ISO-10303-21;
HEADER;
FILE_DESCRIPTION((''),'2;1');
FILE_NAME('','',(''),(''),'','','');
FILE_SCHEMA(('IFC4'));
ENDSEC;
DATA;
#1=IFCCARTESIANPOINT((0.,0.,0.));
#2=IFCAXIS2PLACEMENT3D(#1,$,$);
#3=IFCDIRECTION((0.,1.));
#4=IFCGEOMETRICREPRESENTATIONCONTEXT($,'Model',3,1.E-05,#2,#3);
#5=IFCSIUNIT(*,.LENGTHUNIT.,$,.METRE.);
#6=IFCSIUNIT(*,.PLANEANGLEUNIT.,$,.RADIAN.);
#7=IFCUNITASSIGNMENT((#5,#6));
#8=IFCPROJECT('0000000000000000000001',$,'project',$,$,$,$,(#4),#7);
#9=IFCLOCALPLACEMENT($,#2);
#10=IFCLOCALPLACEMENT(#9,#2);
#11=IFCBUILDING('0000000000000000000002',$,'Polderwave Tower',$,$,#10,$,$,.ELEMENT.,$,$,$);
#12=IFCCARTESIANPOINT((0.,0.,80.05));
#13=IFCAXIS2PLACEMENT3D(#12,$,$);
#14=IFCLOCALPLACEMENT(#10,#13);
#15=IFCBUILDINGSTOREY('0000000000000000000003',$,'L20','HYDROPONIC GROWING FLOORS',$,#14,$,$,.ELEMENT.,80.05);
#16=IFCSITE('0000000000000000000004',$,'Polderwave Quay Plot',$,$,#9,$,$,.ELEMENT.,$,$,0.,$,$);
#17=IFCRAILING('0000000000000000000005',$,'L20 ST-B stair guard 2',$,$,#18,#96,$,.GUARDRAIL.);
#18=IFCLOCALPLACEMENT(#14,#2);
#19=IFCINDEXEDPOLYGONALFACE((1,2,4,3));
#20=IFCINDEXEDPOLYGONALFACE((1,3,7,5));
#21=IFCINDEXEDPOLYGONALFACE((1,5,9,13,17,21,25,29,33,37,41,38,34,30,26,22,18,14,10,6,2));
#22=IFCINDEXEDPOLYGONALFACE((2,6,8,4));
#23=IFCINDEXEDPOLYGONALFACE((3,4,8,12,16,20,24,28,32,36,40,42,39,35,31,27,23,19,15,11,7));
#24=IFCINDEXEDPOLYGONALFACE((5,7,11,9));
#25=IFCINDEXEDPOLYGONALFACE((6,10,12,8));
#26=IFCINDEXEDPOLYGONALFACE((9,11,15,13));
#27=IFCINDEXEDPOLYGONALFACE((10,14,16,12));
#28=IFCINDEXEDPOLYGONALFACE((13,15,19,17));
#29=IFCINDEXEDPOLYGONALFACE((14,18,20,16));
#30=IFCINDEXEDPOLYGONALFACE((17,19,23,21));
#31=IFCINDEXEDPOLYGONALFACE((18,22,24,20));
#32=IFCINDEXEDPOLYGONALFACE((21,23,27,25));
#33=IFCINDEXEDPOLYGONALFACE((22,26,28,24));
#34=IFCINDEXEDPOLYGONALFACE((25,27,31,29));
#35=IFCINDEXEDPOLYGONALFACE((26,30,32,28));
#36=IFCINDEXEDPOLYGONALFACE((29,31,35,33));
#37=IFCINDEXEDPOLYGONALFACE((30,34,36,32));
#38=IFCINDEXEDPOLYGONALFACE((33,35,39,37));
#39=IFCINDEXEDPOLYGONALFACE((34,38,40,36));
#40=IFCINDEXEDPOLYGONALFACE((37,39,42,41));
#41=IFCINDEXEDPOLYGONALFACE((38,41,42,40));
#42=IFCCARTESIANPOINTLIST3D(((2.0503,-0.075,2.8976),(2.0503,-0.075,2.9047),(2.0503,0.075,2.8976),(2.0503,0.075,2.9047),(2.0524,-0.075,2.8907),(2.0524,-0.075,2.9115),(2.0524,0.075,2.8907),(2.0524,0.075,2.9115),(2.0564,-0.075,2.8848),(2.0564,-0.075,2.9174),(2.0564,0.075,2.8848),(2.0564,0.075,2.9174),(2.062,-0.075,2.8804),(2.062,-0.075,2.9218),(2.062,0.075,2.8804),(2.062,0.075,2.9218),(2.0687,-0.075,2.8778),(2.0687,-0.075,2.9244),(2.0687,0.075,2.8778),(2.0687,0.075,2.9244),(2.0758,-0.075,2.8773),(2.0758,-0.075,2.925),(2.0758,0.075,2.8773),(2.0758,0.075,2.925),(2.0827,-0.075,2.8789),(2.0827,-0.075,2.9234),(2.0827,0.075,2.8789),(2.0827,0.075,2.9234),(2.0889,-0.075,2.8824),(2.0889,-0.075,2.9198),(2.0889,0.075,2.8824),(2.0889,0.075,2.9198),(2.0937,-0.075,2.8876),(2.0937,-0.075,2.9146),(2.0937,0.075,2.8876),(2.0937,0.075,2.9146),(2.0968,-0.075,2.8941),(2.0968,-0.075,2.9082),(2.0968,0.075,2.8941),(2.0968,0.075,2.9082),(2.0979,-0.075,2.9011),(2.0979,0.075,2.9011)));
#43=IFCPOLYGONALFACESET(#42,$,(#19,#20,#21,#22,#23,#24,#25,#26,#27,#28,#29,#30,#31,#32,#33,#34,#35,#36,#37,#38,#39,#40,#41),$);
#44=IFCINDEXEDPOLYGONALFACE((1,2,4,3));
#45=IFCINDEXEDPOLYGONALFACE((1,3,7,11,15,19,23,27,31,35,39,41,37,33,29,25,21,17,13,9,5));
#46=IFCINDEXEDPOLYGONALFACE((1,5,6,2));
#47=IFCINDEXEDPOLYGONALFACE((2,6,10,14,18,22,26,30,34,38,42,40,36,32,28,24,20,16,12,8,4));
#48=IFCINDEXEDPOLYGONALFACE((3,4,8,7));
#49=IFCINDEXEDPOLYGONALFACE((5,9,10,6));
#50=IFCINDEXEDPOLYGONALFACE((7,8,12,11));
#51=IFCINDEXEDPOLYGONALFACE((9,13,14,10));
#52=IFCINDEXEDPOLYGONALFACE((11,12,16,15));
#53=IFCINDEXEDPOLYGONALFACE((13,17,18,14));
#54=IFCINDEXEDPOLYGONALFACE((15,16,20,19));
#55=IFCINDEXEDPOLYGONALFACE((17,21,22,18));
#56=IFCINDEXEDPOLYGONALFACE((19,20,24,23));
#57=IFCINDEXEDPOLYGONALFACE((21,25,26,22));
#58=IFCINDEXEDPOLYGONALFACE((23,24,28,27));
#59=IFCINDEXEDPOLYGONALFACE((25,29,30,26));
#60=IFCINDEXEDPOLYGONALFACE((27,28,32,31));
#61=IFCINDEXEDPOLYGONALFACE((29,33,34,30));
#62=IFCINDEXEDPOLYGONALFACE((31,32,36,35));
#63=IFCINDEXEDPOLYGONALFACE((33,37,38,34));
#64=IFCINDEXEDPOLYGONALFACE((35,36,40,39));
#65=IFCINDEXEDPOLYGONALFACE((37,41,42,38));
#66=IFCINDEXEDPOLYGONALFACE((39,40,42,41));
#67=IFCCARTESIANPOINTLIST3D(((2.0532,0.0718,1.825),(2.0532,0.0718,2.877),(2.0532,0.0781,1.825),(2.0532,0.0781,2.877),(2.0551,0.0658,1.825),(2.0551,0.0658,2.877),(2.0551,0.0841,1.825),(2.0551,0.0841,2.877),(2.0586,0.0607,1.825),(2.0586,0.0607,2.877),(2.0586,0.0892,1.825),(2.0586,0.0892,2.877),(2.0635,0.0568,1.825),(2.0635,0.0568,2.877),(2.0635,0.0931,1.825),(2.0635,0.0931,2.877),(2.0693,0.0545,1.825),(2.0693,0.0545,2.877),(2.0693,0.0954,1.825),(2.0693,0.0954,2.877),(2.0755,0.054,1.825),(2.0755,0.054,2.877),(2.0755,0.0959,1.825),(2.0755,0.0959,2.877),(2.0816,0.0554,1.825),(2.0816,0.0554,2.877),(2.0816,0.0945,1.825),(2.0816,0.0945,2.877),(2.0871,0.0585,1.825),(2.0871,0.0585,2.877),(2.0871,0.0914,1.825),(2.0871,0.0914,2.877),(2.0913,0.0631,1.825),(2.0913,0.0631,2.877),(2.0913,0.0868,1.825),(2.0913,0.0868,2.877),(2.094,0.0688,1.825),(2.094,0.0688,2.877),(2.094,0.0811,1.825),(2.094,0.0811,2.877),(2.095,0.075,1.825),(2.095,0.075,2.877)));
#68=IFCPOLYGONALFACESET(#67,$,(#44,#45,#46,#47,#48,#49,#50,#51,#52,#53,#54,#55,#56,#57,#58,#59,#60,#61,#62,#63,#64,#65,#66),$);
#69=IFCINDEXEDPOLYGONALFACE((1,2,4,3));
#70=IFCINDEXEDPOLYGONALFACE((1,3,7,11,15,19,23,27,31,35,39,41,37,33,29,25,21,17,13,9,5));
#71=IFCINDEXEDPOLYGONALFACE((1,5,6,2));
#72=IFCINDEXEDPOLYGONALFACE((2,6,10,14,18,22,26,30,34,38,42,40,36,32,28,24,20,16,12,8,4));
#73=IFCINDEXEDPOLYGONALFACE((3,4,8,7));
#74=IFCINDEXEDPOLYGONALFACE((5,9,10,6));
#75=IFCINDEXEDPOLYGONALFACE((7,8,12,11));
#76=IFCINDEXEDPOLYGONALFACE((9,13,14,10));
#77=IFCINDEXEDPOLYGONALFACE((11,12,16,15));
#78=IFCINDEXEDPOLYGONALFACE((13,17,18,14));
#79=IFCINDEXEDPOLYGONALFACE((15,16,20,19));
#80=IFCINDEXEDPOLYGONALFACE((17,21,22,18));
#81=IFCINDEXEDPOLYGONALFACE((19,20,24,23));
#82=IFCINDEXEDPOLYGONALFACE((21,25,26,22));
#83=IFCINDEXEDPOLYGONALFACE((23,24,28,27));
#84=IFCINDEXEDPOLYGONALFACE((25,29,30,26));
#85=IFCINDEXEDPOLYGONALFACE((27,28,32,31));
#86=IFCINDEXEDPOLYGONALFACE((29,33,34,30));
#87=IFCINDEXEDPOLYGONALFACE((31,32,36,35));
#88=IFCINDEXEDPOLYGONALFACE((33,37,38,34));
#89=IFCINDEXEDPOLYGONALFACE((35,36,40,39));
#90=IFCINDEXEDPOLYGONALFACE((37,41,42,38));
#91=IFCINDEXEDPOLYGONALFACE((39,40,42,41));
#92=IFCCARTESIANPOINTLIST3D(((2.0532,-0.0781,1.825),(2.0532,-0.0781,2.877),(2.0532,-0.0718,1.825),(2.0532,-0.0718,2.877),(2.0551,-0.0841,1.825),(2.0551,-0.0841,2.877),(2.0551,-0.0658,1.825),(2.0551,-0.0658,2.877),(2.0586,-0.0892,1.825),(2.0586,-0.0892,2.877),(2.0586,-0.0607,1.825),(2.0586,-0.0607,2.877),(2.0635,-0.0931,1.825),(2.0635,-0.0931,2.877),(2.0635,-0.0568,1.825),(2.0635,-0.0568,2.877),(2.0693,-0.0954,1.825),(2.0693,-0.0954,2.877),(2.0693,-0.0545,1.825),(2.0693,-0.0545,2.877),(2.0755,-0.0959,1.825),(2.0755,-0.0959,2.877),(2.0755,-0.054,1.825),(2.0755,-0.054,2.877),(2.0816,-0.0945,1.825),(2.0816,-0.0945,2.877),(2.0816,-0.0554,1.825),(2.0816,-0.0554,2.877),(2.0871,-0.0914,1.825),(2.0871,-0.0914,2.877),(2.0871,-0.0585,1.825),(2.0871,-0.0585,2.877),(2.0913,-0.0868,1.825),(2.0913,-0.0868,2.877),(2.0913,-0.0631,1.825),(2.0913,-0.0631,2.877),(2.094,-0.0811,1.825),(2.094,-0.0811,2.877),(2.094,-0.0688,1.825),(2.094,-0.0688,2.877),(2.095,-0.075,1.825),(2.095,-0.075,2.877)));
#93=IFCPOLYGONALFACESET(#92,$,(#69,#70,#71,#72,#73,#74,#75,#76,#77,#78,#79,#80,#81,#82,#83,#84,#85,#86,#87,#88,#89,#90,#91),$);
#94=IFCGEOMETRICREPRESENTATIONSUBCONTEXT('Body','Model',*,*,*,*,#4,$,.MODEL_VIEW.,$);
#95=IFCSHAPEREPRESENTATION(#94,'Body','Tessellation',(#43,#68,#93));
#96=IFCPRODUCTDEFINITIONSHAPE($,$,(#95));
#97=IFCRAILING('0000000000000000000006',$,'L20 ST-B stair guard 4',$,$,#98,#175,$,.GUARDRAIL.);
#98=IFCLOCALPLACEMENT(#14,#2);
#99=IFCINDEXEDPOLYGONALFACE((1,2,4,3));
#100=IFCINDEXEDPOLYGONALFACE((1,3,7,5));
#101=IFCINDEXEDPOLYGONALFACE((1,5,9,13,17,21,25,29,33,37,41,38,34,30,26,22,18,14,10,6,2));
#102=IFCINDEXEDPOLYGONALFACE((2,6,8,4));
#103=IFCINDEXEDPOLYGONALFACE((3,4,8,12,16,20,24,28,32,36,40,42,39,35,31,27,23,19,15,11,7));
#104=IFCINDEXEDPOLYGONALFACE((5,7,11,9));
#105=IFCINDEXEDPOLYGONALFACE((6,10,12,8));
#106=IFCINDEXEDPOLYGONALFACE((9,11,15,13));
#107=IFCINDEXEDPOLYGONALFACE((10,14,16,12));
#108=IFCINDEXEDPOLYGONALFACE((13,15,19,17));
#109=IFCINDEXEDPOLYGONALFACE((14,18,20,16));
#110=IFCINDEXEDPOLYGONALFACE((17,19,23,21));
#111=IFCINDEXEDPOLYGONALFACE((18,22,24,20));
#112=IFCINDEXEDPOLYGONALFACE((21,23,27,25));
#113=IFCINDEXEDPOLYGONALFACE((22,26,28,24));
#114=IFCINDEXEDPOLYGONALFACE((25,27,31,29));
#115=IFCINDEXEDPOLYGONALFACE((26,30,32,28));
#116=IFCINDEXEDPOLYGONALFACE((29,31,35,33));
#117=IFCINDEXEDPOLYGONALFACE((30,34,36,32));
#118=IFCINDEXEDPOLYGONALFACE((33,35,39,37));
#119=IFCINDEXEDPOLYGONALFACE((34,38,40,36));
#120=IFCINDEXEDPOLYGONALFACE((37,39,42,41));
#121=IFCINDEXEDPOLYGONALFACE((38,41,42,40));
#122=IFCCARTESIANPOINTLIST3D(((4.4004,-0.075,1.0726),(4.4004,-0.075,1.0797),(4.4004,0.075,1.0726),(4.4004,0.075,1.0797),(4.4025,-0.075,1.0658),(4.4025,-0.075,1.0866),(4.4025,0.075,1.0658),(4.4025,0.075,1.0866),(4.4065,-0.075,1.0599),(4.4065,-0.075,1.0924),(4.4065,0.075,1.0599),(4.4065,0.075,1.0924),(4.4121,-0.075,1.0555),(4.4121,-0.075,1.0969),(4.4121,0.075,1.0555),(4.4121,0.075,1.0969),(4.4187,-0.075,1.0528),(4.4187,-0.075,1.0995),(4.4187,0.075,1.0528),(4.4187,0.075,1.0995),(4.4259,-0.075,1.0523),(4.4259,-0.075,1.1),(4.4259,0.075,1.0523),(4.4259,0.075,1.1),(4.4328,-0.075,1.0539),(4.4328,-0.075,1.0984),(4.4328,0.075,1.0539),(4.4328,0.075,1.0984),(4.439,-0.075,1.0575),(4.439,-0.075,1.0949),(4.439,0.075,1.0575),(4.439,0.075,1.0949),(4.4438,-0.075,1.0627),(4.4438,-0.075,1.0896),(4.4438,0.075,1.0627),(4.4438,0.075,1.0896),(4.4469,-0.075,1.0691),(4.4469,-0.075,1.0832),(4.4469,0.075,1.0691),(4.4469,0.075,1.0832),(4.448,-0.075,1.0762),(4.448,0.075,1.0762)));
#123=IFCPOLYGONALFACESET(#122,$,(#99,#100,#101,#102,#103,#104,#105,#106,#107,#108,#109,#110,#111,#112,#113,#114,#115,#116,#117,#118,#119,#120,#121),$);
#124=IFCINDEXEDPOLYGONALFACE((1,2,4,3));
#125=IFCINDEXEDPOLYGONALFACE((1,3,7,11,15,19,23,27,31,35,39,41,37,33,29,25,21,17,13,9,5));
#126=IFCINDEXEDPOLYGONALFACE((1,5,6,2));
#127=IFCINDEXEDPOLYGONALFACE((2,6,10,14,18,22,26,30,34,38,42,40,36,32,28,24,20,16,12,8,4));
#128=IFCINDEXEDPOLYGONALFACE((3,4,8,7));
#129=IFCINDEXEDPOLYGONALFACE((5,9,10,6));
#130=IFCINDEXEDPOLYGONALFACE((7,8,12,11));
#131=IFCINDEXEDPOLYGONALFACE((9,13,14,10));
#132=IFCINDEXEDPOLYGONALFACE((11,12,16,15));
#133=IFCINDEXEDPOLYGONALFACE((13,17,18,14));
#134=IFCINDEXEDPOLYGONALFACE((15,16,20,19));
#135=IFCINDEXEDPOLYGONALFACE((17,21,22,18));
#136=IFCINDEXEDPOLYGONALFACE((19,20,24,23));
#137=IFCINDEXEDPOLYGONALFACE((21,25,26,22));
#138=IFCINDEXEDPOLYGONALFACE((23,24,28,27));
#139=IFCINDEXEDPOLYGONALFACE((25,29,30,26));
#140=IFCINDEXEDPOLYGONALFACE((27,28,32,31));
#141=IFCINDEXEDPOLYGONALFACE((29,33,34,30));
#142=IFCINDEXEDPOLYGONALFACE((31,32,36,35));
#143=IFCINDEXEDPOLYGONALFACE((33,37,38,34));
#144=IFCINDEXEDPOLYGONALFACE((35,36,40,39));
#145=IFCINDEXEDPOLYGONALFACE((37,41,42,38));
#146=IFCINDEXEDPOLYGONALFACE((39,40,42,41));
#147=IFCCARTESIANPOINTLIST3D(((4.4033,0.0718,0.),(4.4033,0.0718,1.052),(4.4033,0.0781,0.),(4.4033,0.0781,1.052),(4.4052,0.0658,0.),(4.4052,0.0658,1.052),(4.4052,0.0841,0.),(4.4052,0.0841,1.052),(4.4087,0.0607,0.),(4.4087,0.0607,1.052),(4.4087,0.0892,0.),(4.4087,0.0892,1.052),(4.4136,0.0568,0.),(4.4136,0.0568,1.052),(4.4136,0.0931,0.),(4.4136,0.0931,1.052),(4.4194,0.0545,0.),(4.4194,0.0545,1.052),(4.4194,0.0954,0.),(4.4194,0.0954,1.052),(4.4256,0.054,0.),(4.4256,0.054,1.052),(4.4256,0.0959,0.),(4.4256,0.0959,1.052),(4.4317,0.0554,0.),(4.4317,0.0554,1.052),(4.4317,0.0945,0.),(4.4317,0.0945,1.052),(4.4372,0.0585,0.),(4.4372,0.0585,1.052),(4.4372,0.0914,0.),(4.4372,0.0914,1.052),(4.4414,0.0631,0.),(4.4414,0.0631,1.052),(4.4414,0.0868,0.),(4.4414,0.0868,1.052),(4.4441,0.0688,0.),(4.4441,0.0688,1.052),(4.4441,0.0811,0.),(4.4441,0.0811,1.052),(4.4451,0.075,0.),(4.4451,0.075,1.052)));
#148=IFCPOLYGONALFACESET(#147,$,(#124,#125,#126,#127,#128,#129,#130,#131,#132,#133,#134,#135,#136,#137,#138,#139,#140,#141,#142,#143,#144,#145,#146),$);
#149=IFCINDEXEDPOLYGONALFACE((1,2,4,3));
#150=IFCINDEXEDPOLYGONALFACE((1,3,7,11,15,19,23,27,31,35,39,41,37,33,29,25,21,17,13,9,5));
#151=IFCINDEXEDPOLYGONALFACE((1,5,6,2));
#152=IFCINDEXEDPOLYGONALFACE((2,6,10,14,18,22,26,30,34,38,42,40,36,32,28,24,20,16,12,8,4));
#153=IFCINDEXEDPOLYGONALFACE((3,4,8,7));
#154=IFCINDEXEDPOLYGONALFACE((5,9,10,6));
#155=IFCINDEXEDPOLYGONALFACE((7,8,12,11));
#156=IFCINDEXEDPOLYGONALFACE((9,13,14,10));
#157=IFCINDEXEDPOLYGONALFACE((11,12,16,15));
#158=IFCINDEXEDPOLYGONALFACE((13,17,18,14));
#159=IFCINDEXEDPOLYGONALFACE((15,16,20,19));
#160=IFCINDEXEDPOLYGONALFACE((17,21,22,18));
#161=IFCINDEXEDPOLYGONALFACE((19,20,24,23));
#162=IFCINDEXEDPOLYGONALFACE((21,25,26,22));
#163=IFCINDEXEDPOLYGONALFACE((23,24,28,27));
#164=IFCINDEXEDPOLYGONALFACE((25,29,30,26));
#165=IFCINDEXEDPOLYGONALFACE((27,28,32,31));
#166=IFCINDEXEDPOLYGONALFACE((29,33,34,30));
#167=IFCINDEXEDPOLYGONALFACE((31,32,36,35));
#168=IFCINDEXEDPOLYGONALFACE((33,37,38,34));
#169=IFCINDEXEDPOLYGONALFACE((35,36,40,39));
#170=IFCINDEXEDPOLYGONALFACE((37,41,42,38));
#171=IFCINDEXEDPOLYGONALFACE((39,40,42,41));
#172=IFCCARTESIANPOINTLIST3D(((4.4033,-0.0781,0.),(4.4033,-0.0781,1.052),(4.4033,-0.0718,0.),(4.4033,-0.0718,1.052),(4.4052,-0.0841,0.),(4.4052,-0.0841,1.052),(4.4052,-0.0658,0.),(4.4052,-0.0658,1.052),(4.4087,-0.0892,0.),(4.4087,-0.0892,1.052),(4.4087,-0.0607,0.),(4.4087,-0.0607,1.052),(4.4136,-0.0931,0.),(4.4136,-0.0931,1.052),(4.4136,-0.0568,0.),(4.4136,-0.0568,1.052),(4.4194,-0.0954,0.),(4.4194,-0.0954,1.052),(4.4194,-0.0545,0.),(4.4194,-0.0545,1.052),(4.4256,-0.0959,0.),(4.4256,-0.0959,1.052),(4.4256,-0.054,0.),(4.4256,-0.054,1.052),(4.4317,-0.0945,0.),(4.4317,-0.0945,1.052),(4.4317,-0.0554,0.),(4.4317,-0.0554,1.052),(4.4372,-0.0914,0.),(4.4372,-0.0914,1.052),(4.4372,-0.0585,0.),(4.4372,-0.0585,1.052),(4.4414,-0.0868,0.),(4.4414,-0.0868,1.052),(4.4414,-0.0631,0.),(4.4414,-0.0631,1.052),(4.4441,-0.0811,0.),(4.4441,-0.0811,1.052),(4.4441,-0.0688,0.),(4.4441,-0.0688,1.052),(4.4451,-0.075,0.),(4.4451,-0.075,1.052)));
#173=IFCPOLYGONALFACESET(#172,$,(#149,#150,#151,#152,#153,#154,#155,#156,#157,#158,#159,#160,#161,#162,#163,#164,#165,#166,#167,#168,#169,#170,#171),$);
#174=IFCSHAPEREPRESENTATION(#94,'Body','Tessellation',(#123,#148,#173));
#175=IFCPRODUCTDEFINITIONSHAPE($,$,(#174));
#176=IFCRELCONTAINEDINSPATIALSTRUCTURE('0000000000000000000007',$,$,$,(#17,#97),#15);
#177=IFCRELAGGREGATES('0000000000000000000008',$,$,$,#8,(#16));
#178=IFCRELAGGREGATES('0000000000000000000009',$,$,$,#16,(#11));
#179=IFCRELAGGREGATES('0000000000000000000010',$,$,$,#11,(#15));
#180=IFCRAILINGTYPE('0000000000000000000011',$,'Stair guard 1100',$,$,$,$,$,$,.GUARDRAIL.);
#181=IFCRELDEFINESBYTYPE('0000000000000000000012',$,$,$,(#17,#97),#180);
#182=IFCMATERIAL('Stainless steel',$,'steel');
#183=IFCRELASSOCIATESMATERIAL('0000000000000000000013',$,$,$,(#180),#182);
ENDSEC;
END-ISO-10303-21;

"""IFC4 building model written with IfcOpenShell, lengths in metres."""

from ifc_helpers import new_model, si_unit, direction, frame, origin, origin_2d, place, context, subcontext, project, spatial, circle, extrude, material, type_object, element, save


model = new_model("IFC4")

# Units and contexts
model_context = context("Model", 3, precision=1e-05, world=origin(), true_north=direction((0.0, 1.0)))
body_context = subcontext(model_context, "Body", "Model", "MODEL_VIEW")
ifc_project = project(units=[si_unit("LENGTHUNIT", "METRE"), si_unit("PLANEANGLEUNIT", "RADIAN")], contexts=[model_context])

# Site, building, storey
site_placement = place(None, origin())
site = spatial("IfcSite", under=ifc_project, at=site_placement, Name="Polderwave Quay Plot", CompositionType="ELEMENT", RefElevation=0.0)
building_placement = place(site_placement, origin())
building = spatial("IfcBuilding", under=site, at=building_placement, Name="Polderwave Tower", CompositionType="ELEMENT")
storey_placement = place(building_placement, frame((0.0, 0.0, 80.05)))
storey = spatial("IfcBuildingStorey", under=building, at=storey_placement, Name="L20", Description="HYDROPONIC GROWING FLOORS", CompositionType="ELEMENT", Elevation=80.05)

# Railings
ifc_material_1 = material(Name="Stainless steel", Category="steel")
railing_type_1 = type_object("IfcRailingType", Name="Stair guard 1100", PredefinedType="GUARDRAIL", material=ifc_material_1)
for number, where, name in (
    (1, (2.074, 0.075, 1.825), "L20 ST-B stair guard 2"),
    (2, (4.4241, 0.075, 0.0), "L20 ST-B stair guard 4"),
):
    element("IfcRailing", number, at=place(storey_placement, frame(where)), inside=storey, type_object=railing_type_1, Name=name, PredefinedType="GUARDRAIL", context=body_context, shape_type="SweptSolid", body=[
        extrude(circle(Radius=0.0239, at=origin_2d()), frame((0.0, 0.0, 1.0762), z_axis=(0.0, -1.0, 0.0), x_axis=(1.0, 0.0, 0.0)), (0.0, 0.0, 1.0), 0.1499),
        extrude(circle(Radius=0.021, at=origin_2d()), origin(), (0.0, 0.0, 1.0), 1.052),
        extrude(circle(Radius=0.021, at=origin_2d()), frame((0.0, -0.1499, 0.0)), (0.0, 0.0, 1.0), 1.052),
    ])

save(model, "model.ifc")
